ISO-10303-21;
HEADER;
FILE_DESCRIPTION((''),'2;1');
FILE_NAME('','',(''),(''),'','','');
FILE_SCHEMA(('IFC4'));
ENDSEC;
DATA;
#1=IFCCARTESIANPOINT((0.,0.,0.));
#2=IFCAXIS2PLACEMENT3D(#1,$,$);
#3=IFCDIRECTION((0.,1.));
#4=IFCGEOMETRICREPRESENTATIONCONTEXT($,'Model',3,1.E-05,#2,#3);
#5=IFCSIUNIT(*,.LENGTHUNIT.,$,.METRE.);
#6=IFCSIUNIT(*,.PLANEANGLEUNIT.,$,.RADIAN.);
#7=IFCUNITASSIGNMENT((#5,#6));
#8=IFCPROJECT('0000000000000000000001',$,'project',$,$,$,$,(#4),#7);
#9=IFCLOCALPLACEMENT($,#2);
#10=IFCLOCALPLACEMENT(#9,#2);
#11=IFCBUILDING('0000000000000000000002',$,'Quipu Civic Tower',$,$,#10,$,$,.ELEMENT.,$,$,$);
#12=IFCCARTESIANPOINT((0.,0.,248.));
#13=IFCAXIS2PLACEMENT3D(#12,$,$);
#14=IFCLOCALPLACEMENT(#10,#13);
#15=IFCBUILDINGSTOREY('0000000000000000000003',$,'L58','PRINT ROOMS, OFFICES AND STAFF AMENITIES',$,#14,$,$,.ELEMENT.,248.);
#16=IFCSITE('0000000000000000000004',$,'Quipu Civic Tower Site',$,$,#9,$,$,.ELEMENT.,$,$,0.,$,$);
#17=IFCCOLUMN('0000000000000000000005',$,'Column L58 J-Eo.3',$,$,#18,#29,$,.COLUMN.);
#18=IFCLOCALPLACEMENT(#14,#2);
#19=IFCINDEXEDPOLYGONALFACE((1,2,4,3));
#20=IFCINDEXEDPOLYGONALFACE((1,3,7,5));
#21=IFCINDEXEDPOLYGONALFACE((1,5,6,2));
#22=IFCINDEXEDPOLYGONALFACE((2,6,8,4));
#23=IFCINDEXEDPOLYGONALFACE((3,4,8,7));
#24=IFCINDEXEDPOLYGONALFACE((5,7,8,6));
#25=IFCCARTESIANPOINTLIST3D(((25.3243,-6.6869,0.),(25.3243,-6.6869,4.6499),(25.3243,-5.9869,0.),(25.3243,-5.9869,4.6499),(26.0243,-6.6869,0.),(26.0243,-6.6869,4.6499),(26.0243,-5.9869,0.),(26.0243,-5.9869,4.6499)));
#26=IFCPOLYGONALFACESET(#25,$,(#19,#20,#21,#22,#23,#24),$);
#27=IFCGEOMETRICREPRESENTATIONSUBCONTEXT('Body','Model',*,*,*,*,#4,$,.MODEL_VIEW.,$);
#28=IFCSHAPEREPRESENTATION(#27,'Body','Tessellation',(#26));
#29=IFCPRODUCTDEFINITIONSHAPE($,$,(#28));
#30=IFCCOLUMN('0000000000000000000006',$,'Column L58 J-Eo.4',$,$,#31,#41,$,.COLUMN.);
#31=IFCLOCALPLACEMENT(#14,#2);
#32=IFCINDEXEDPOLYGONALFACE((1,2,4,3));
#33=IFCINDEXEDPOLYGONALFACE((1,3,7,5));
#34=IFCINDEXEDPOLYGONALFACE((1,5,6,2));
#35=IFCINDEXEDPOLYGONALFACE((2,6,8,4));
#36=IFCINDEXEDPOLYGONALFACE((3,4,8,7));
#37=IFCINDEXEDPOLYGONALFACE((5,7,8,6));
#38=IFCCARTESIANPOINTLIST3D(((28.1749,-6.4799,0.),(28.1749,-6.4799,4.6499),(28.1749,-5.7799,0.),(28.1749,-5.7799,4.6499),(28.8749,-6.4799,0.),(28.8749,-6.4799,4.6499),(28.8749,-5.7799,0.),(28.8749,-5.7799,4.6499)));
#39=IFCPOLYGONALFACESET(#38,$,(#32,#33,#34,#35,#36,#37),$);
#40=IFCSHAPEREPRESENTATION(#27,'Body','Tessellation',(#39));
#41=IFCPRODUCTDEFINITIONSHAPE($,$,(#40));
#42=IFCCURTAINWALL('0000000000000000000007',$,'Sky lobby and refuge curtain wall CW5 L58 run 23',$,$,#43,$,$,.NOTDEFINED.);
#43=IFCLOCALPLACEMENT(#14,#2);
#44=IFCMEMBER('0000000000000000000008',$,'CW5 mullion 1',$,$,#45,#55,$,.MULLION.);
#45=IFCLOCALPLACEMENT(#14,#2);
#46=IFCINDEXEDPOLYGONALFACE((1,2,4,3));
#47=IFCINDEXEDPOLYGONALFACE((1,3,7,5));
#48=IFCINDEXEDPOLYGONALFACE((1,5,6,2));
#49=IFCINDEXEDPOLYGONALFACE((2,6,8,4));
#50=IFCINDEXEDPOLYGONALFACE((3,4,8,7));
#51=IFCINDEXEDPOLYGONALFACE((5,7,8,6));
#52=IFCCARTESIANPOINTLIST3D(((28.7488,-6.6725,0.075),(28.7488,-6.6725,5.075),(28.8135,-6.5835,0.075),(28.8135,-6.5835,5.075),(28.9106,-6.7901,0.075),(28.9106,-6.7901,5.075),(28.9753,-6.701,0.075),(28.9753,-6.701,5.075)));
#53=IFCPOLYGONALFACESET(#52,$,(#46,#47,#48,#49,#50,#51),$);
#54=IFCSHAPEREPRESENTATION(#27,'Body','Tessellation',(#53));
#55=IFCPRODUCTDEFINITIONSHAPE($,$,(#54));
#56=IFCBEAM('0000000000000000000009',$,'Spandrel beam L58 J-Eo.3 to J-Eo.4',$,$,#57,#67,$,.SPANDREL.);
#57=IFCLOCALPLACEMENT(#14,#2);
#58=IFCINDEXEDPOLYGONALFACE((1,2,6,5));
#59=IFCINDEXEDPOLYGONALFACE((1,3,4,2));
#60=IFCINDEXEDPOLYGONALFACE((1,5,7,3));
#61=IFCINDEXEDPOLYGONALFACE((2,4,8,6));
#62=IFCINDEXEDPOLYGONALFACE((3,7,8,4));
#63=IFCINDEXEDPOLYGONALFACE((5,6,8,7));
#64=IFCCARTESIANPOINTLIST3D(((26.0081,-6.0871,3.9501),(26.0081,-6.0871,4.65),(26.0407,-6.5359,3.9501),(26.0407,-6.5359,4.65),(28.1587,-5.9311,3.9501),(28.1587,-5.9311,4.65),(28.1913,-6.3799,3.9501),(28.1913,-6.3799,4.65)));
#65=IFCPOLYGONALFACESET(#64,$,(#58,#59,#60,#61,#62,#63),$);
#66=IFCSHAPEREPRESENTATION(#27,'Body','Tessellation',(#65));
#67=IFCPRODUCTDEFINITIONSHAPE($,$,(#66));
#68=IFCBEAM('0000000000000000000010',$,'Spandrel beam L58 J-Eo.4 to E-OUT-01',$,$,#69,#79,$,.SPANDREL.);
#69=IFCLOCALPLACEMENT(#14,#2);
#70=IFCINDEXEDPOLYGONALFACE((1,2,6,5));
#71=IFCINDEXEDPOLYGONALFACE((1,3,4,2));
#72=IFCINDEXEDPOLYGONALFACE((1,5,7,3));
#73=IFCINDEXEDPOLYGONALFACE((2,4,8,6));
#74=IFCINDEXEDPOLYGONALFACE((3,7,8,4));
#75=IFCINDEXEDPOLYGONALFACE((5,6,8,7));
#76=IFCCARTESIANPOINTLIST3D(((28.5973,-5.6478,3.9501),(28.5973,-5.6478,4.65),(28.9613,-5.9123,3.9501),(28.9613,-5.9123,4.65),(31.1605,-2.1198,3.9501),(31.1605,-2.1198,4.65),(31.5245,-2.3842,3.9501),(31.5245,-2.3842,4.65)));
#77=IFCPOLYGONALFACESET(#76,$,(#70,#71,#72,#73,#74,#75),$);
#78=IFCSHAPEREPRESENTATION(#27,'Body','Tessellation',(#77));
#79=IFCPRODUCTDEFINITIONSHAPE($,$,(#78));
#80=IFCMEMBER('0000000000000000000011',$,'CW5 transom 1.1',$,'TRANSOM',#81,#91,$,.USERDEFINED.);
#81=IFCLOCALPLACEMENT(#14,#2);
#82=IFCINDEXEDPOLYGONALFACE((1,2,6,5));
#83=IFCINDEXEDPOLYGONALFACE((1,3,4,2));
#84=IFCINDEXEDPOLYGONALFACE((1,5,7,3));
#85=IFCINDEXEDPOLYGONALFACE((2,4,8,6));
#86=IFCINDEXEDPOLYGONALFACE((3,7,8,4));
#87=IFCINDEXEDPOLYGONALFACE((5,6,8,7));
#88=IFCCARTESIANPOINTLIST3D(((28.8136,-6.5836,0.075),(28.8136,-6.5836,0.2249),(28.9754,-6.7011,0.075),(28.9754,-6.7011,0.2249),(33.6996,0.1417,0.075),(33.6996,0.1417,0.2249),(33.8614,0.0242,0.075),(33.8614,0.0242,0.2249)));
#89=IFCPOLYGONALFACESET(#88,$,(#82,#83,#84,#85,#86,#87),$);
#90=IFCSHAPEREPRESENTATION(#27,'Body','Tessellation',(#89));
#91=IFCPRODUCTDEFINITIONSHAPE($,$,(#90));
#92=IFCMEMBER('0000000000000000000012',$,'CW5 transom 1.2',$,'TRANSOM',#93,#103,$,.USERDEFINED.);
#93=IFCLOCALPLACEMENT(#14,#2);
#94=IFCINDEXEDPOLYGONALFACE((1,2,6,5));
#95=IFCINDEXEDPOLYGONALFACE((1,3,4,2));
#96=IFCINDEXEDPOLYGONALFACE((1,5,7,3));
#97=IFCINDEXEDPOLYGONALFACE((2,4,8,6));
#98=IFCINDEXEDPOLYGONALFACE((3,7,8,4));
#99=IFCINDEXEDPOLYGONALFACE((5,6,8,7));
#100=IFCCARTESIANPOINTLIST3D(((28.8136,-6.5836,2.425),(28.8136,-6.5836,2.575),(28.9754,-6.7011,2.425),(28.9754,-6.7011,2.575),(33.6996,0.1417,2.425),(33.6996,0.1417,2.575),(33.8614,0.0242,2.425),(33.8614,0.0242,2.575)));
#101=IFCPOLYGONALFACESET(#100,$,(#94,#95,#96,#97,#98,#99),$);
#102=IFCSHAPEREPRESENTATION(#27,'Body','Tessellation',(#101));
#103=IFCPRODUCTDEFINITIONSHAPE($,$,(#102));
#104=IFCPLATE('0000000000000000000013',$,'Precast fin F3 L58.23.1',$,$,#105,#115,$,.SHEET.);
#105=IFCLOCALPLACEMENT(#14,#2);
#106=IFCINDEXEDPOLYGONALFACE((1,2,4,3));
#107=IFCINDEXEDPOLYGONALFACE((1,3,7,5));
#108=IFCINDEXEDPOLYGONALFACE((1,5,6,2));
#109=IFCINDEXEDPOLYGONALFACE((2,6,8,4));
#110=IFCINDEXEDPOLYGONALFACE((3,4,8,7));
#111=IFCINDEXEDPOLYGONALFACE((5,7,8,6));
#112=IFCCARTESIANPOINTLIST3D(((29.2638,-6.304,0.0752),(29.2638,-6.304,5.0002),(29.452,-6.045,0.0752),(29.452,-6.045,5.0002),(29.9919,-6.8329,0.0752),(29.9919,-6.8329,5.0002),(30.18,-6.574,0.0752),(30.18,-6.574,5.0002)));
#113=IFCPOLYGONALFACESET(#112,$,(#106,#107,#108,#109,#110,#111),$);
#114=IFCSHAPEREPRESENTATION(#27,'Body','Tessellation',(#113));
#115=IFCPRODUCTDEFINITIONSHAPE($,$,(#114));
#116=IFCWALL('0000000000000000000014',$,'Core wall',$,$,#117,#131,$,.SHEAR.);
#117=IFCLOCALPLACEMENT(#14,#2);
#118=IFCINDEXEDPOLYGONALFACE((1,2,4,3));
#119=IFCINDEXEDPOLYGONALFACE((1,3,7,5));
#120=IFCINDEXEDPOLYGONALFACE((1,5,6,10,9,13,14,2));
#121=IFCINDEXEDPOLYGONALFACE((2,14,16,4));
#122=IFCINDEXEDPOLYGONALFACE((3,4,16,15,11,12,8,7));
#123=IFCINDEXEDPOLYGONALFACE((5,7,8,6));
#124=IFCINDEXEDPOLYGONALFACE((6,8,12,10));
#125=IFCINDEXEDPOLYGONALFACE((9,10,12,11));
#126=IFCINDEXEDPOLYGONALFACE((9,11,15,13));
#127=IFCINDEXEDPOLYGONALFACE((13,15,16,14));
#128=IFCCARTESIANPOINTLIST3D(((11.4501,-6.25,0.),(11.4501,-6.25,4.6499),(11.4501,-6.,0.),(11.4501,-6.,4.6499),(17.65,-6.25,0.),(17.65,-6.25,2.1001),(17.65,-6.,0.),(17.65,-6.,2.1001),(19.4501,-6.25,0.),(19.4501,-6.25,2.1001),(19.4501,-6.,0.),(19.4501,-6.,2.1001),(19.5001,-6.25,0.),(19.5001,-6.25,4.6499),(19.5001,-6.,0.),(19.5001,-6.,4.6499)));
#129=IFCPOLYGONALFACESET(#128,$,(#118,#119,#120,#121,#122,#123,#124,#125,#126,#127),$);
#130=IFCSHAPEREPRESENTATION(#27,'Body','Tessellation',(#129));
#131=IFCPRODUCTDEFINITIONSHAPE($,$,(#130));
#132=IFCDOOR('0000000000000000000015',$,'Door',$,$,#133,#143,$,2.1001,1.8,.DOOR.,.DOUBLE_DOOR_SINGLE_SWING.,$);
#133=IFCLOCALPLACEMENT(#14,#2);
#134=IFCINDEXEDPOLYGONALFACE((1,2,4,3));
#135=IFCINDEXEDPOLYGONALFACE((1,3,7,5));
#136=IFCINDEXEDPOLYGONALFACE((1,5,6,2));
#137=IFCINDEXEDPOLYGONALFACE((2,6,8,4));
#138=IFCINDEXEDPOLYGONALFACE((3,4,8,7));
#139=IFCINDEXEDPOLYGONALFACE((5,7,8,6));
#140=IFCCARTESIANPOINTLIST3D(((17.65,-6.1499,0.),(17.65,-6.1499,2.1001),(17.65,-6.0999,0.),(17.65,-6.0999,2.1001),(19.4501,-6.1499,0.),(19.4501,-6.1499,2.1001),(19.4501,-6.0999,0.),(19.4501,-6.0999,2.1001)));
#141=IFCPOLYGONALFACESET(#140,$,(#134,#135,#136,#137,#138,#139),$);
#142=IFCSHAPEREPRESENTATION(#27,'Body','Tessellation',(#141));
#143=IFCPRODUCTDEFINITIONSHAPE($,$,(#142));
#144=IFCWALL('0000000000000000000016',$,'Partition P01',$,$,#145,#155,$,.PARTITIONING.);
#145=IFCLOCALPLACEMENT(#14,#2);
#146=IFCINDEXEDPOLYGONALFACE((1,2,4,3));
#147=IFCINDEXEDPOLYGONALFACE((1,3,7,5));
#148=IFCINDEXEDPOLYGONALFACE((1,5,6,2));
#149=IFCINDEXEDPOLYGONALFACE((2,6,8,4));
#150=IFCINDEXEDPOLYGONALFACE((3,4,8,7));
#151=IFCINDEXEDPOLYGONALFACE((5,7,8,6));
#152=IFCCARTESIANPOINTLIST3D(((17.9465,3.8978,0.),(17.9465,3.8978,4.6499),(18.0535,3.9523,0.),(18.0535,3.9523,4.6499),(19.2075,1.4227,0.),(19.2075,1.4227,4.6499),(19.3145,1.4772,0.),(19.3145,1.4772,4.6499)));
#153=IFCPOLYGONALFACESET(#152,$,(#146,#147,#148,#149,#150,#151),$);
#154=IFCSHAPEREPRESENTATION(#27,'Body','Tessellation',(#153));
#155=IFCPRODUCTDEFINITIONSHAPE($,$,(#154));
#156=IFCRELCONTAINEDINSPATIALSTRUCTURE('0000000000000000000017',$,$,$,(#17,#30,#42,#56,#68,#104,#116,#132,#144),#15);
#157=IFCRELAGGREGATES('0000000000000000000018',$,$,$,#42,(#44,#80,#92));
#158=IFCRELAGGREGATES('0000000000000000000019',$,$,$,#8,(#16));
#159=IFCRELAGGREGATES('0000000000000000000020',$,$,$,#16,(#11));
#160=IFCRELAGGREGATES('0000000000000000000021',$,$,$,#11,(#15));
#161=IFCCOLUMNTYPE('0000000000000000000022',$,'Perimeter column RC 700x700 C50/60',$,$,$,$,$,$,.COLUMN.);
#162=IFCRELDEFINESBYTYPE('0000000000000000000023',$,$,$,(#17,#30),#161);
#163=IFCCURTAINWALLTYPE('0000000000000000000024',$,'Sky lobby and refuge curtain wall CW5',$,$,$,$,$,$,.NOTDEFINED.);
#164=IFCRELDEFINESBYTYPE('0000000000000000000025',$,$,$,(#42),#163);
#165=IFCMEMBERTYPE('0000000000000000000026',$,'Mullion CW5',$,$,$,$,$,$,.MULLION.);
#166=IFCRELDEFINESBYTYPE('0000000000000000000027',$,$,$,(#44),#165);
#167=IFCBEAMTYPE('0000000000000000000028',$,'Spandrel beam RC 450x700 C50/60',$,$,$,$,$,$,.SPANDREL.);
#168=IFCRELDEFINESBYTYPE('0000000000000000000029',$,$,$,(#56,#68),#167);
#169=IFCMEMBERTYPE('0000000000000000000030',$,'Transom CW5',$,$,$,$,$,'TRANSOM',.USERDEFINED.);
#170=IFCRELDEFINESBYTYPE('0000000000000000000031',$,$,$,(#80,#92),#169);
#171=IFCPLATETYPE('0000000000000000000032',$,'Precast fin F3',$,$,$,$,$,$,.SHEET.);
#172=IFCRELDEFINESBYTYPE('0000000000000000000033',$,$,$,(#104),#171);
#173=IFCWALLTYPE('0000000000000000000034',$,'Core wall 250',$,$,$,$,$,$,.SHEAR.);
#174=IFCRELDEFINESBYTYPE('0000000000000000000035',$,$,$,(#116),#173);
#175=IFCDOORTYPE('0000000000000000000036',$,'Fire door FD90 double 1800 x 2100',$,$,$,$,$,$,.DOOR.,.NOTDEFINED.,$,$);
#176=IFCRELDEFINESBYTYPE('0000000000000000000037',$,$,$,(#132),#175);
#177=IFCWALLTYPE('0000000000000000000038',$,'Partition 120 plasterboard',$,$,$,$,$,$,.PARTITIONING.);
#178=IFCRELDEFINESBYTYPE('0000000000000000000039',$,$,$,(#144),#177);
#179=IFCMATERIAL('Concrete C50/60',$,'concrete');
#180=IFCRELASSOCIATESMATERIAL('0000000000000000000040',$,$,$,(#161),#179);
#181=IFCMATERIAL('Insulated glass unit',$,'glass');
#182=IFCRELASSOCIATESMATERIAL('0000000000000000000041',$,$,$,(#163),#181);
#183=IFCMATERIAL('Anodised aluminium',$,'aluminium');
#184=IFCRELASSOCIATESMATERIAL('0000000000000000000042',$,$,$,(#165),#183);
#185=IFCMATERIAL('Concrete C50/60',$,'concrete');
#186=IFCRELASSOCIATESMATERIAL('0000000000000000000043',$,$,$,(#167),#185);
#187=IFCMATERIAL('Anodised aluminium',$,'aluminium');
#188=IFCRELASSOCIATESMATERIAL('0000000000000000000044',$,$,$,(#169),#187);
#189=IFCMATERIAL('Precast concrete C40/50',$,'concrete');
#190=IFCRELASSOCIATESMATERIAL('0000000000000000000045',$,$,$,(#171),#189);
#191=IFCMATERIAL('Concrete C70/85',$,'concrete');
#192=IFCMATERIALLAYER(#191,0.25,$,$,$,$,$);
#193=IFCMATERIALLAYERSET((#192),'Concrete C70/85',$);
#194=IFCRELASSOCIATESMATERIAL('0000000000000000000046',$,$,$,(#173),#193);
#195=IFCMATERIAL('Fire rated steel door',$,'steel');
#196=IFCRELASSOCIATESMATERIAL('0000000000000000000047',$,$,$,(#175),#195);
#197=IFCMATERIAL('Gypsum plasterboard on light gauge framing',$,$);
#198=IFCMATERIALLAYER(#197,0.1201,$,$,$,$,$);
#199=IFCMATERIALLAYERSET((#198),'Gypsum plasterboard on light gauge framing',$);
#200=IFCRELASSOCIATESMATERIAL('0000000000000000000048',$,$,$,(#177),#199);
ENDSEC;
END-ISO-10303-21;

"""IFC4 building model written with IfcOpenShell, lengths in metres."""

from ifc_helpers import new_model, si_unit, direction, frame, frame_2d, origin, origin_2d, place, context, subcontext, project, spatial, rectangle, extrude, material, layer, layer_set, material_profile, profile_set, type_object, element, fill, aggregate, save


model = new_model("IFC4")

# Units and contexts
model_context = context("Model", 3, precision=1e-05, world=origin(), true_north=direction((0.0, 1.0)))
body_context = subcontext(model_context, "Body", "Model", "MODEL_VIEW")
ifc_project = project(units=[si_unit("LENGTHUNIT", "METRE"), si_unit("PLANEANGLEUNIT", "RADIAN")], contexts=[model_context])

# Site, building, storey
site_placement = place(None, origin())
site = spatial("IfcSite", under=ifc_project, at=site_placement, Name="Quipu Civic Tower Site", CompositionType="ELEMENT", RefElevation=0.0)
building_placement = place(site_placement, origin())
building = spatial("IfcBuilding", under=site, at=building_placement, Name="Quipu Civic Tower", CompositionType="ELEMENT")
storey_placement = place(building_placement, frame((0.0, 0.0, 248.0)))
storey = spatial("IfcBuildingStorey", under=building, at=storey_placement, Name="L58", Description="PRINT ROOMS, OFFICES AND STAFF AMENITIES", CompositionType="ELEMENT", Elevation=248.0)

# Columns
ifc_material_1 = material(Name="Concrete C50/60", Category="concrete")
ifc_material_profile_1 = material_profile(ifc_material_1, rectangle(XDim=0.7, YDim=0.7, at=origin_2d()), Name="RC700x700")
ifc_profile_set_1 = profile_set([ifc_material_profile_1], Name="Concrete C50/60")
column_type = type_object("IfcColumnType", Name="Perimeter column RC 700x700 C50/60", PredefinedType="COLUMN", material=ifc_profile_set_1)
for number, where, z_axis, x_axis, name in (
    (1, (25.6743, -6.3369, 0.0), (0.0, 0.0, 1.0), (1.0, 0.0, 0.0), "Column L58 J-Eo.3"),
    (2, (28.5249, -6.1299, 0.0), (0.0, 0.0, 1.0), (1.0, 0.0, 0.0), "Column L58 J-Eo.4"),
):
    element("IfcColumn", number, at=place(storey_placement, frame(where, z_axis=z_axis, x_axis=x_axis)), inside=storey, type_object=column_type, Name=name, PredefinedType="COLUMN", context=body_context, shape_type="SweptSolid", body=[
        extrude(rectangle(XDim=0.7, YDim=0.7, at=origin_2d()), origin(), (0.0, 0.0, 1.0), 4.6499),
    ])

# Curtain wall, member
ifc_material_2 = material(Name="Insulated glass unit", Category="glass")
curtain_wall_type = type_object("IfcCurtainWallType", Name="Sky lobby and refuge curtain wall CW5", PredefinedType="NOTDEFINED", material=ifc_material_2)
curtain_wall_placement = place(storey_placement, origin())
curtain_wall = element("IfcCurtainWall", 3, at=curtain_wall_placement, inside=storey, type_object=curtain_wall_type, Name="Sky lobby and refuge curtain wall CW5 L58 run 23", PredefinedType="NOTDEFINED")
ifc_material_3 = material(Name="Anodised aluminium", Category="aluminium")
ifc_material_profile_2 = material_profile(ifc_material_3, rectangle(XDim=0.2, YDim=0.1101, at=origin_2d()), Name="RECT 200x110")
ifc_profile_set_2 = profile_set([ifc_material_profile_2], Name="Anodised aluminium")
member_type_1 = type_object("IfcMemberType", Name="Mullion CW5", PredefinedType="MULLION", material=ifc_profile_set_2)
member_1_placement = place(storey_placement, frame((28.8621, -6.6868, 0.075), z_axis=(0.0, 0.0, 1.0), x_axis=(-0.809016, 0.587786, 0.0)))
member_1 = element("IfcMember", 4, at=member_1_placement, type_object=member_type_1, Name="CW5 mullion 1", PredefinedType="MULLION", context=body_context, shape_type="SweptSolid", body=[
    extrude(rectangle(XDim=0.2, YDim=0.1101, at=origin_2d()), origin(), (0.0, 0.0, 1.0), 5.0),
])

# Beams
ifc_material_4 = material(Name="Concrete C50/60", Category="concrete")
ifc_material_profile_3 = material_profile(ifc_material_4, rectangle(XDim=0.45, YDim=0.7, at=origin_2d()), Name="RC450x700")
ifc_profile_set_3 = profile_set([ifc_material_profile_3], Name="Concrete C50/60")
beam_type = type_object("IfcBeamType", Name="Spandrel beam RC 450x700 C50/60", PredefinedType="SPANDREL", material=ifc_profile_set_3)
beam_1_placement = place(storey_placement, frame((26.0244, -6.3115, 4.3), z_axis=(0.997379, 0.072349, 0.0), x_axis=(-0.072349, 0.997379, 0.0)))
element("IfcBeam", 5, at=beam_1_placement, inside=storey, type_object=beam_type, Name="Spandrel beam L58 J-Eo.3 to J-Eo.4", PredefinedType="SPANDREL", context=body_context, shape_type="SweptSolid", body=[
    extrude(rectangle(XDim=0.45, YDim=0.7, at=origin_2d()), origin(), (0.0, 0.0, 1.0), 2.1562),
])
beam_2_placement = place(storey_placement, frame((28.7793, -5.78, 4.3), z_axis=(0.587776, 0.809024, 0.0), x_axis=(-0.809024, 0.587776, 0.0)))
element("IfcBeam", 6, at=beam_2_placement, inside=storey, type_object=beam_type, Name="Spandrel beam L58 J-Eo.4 to E-OUT-01", PredefinedType="SPANDREL", context=body_context, shape_type="SweptSolid", body=[
    extrude(rectangle(XDim=0.45, YDim=0.7, at=origin_2d()), origin(), (0.0, 0.0, 1.0), 4.3608),
])

# Members
ifc_material_5 = material(Name="Anodised aluminium", Category="aluminium")
ifc_material_profile_4 = material_profile(ifc_material_5, rectangle(XDim=0.2, YDim=0.1499, at=origin_2d()), Name="RECT 200x150")
ifc_profile_set_4 = profile_set([ifc_material_profile_4], Name="Anodised aluminium")
member_type_2 = type_object("IfcMemberType", Name="Transom CW5", ElementType="TRANSOM", PredefinedType="USERDEFINED", material=ifc_profile_set_4)
member_2_placement = place(storey_placement, frame((28.8945, -6.6423, 0.1499), z_axis=(0.587765, 0.809032, 0.0), x_axis=(-0.809032, 0.587765, 0.0)))
member_2 = element("IfcMember", 7, at=member_2_placement, type_object=member_type_2, Name="CW5 transom 1.1", ObjectType="TRANSOM", PredefinedType="USERDEFINED", context=body_context, shape_type="SweptSolid", body=[
    extrude(rectangle(XDim=0.2, YDim=0.1499, at=origin_2d()), origin(), (0.0, 0.0, 1.0), 8.3127),
])
member_3_placement = place(storey_placement, frame((28.8945, -6.6423, 2.5), z_axis=(0.587765, 0.809032, 0.0), x_axis=(-0.809032, 0.587765, 0.0)))
member_3 = element("IfcMember", 8, at=member_3_placement, type_object=member_type_2, Name="CW5 transom 1.2", ObjectType="TRANSOM", PredefinedType="USERDEFINED", context=body_context, shape_type="SweptSolid", body=[
    extrude(rectangle(XDim=0.2, YDim=0.1499, at=origin_2d()), origin(), (0.0, 0.0, 1.0), 8.3127),
])
aggregate(curtain_wall, [member_1, member_2, member_3])

# Plate
ifc_material_6 = material(Name="Precast concrete C40/50", Category="concrete")
plate_type = type_object("IfcPlateType", Name="Precast fin F3", PredefinedType="SHEET", material=ifc_material_6)
plate_placement = place(storey_placement, frame((29.7219, -6.439, 0.0752), z_axis=(0.0, 0.0, 1.0), x_axis=(0.587787, 0.809016, 0.0)))
element("IfcPlate", 9, at=plate_placement, inside=storey, type_object=plate_type, Name="Precast fin F3 L58.23.1", PredefinedType="SHEET", context=body_context, shape_type="SweptSolid", body=[
    extrude(rectangle(XDim=0.3201, YDim=0.8999, at=origin_2d()), origin(), (0.0, 0.0, 1.0), 4.925),
])

# Wall, opening, door
ifc_material_7 = material(Name="Concrete C70/85", Category="concrete")
ifc_layer_1 = layer(ifc_material_7, 0.25)
ifc_layer_set_1 = layer_set([ifc_layer_1], Name="Concrete C70/85")
wall_type_1 = type_object("IfcWallType", Name="Core wall 250", PredefinedType="SHEAR", material=ifc_layer_set_1)
wall_1_placement = place(storey_placement, frame((19.5, -6.125, 0.0), z_axis=(0.0, 0.0, 1.0), x_axis=(-1.0, 0.0, 0.0)))
wall_1 = element("IfcWall", 10, at=wall_1_placement, inside=storey, type_object=wall_type_1, Name="Core wall", PredefinedType="SHEAR", context=body_context, shape_type="SweptSolid", body=[
    extrude(rectangle(XDim=8.05, YDim=0.25, at=frame_2d((4.0249, 0.0))), origin(), (0.0, 0.0, 1.0), 4.6499),
])
opening_1_placement = place(wall_1_placement, frame((0.05, 0.0, 0.0)))
opening_1 = element("IfcOpeningElement", 11, at=opening_1_placement, cuts=wall_1, PredefinedType="OPENING", context=body_context, shape_type="SweptSolid", body=[
    extrude(rectangle(XDim=1.8, YDim=2.1001, at=frame_2d((0.8999, 1.05))), frame((0.0, 0.135, 0.0), z_axis=(0.0, -1.0, 0.0), x_axis=(1.0, 0.0, 0.0)), (0.0, 0.0, 1.0), 0.27),
])
ifc_material_8 = material(Name="Fire rated steel door", Category="steel")
door_type_1 = type_object("IfcDoorType", Name="Fire door FD90 double 1800 x 2100", OperationType="NOTDEFINED", PredefinedType="DOOR", material=ifc_material_8)
door_1_placement = place(opening_1_placement, origin())
door_1 = element("IfcDoor", 12, at=door_1_placement, inside=storey, type_object=door_type_1, Name="Door", OperationType="DOUBLE_DOOR_SINGLE_SWING", OverallHeight=2.1001, OverallWidth=1.8, PredefinedType="DOOR", context=body_context, shape_type="SweptSolid", body=[
    extrude(rectangle(XDim=1.8, YDim=2.1001, at=frame_2d((0.8999, 1.05))), frame((0.0, 0.0249, 0.0), z_axis=(0.0, -1.0, 0.0), x_axis=(1.0, 0.0, 0.0)), (0.0, 0.0, 1.0), 0.05),
])
fill(opening_1, door_1)

# Wall
ifc_material_9 = material(Name="Gypsum plasterboard on light gauge framing")
ifc_layer_2 = layer(ifc_material_9, 0.1201)
ifc_layer_set_2 = layer_set([ifc_layer_2], Name="Gypsum plasterboard on light gauge framing")
wall_type_2 = type_object("IfcWallType", Name="Partition 120 plasterboard", PredefinedType="PARTITIONING", material=ifc_layer_set_2)
wall_2_placement = place(storey_placement, frame((18.0, 3.925, 0.0), z_axis=(0.0, 0.0, 1.0), x_axis=(0.453951, -0.891027, 0.0)))
element("IfcWall", 13, at=wall_2_placement, inside=storey, type_object=wall_type_2, Name="Partition P01", PredefinedType="PARTITIONING", context=body_context, shape_type="SweptSolid", body=[
    extrude(rectangle(XDim=2.7778, YDim=0.1201, at=frame_2d((1.3889, 0.0))), origin(), (0.0, 0.0, 1.0), 4.6499),
])

save(model, "model.ifc")
